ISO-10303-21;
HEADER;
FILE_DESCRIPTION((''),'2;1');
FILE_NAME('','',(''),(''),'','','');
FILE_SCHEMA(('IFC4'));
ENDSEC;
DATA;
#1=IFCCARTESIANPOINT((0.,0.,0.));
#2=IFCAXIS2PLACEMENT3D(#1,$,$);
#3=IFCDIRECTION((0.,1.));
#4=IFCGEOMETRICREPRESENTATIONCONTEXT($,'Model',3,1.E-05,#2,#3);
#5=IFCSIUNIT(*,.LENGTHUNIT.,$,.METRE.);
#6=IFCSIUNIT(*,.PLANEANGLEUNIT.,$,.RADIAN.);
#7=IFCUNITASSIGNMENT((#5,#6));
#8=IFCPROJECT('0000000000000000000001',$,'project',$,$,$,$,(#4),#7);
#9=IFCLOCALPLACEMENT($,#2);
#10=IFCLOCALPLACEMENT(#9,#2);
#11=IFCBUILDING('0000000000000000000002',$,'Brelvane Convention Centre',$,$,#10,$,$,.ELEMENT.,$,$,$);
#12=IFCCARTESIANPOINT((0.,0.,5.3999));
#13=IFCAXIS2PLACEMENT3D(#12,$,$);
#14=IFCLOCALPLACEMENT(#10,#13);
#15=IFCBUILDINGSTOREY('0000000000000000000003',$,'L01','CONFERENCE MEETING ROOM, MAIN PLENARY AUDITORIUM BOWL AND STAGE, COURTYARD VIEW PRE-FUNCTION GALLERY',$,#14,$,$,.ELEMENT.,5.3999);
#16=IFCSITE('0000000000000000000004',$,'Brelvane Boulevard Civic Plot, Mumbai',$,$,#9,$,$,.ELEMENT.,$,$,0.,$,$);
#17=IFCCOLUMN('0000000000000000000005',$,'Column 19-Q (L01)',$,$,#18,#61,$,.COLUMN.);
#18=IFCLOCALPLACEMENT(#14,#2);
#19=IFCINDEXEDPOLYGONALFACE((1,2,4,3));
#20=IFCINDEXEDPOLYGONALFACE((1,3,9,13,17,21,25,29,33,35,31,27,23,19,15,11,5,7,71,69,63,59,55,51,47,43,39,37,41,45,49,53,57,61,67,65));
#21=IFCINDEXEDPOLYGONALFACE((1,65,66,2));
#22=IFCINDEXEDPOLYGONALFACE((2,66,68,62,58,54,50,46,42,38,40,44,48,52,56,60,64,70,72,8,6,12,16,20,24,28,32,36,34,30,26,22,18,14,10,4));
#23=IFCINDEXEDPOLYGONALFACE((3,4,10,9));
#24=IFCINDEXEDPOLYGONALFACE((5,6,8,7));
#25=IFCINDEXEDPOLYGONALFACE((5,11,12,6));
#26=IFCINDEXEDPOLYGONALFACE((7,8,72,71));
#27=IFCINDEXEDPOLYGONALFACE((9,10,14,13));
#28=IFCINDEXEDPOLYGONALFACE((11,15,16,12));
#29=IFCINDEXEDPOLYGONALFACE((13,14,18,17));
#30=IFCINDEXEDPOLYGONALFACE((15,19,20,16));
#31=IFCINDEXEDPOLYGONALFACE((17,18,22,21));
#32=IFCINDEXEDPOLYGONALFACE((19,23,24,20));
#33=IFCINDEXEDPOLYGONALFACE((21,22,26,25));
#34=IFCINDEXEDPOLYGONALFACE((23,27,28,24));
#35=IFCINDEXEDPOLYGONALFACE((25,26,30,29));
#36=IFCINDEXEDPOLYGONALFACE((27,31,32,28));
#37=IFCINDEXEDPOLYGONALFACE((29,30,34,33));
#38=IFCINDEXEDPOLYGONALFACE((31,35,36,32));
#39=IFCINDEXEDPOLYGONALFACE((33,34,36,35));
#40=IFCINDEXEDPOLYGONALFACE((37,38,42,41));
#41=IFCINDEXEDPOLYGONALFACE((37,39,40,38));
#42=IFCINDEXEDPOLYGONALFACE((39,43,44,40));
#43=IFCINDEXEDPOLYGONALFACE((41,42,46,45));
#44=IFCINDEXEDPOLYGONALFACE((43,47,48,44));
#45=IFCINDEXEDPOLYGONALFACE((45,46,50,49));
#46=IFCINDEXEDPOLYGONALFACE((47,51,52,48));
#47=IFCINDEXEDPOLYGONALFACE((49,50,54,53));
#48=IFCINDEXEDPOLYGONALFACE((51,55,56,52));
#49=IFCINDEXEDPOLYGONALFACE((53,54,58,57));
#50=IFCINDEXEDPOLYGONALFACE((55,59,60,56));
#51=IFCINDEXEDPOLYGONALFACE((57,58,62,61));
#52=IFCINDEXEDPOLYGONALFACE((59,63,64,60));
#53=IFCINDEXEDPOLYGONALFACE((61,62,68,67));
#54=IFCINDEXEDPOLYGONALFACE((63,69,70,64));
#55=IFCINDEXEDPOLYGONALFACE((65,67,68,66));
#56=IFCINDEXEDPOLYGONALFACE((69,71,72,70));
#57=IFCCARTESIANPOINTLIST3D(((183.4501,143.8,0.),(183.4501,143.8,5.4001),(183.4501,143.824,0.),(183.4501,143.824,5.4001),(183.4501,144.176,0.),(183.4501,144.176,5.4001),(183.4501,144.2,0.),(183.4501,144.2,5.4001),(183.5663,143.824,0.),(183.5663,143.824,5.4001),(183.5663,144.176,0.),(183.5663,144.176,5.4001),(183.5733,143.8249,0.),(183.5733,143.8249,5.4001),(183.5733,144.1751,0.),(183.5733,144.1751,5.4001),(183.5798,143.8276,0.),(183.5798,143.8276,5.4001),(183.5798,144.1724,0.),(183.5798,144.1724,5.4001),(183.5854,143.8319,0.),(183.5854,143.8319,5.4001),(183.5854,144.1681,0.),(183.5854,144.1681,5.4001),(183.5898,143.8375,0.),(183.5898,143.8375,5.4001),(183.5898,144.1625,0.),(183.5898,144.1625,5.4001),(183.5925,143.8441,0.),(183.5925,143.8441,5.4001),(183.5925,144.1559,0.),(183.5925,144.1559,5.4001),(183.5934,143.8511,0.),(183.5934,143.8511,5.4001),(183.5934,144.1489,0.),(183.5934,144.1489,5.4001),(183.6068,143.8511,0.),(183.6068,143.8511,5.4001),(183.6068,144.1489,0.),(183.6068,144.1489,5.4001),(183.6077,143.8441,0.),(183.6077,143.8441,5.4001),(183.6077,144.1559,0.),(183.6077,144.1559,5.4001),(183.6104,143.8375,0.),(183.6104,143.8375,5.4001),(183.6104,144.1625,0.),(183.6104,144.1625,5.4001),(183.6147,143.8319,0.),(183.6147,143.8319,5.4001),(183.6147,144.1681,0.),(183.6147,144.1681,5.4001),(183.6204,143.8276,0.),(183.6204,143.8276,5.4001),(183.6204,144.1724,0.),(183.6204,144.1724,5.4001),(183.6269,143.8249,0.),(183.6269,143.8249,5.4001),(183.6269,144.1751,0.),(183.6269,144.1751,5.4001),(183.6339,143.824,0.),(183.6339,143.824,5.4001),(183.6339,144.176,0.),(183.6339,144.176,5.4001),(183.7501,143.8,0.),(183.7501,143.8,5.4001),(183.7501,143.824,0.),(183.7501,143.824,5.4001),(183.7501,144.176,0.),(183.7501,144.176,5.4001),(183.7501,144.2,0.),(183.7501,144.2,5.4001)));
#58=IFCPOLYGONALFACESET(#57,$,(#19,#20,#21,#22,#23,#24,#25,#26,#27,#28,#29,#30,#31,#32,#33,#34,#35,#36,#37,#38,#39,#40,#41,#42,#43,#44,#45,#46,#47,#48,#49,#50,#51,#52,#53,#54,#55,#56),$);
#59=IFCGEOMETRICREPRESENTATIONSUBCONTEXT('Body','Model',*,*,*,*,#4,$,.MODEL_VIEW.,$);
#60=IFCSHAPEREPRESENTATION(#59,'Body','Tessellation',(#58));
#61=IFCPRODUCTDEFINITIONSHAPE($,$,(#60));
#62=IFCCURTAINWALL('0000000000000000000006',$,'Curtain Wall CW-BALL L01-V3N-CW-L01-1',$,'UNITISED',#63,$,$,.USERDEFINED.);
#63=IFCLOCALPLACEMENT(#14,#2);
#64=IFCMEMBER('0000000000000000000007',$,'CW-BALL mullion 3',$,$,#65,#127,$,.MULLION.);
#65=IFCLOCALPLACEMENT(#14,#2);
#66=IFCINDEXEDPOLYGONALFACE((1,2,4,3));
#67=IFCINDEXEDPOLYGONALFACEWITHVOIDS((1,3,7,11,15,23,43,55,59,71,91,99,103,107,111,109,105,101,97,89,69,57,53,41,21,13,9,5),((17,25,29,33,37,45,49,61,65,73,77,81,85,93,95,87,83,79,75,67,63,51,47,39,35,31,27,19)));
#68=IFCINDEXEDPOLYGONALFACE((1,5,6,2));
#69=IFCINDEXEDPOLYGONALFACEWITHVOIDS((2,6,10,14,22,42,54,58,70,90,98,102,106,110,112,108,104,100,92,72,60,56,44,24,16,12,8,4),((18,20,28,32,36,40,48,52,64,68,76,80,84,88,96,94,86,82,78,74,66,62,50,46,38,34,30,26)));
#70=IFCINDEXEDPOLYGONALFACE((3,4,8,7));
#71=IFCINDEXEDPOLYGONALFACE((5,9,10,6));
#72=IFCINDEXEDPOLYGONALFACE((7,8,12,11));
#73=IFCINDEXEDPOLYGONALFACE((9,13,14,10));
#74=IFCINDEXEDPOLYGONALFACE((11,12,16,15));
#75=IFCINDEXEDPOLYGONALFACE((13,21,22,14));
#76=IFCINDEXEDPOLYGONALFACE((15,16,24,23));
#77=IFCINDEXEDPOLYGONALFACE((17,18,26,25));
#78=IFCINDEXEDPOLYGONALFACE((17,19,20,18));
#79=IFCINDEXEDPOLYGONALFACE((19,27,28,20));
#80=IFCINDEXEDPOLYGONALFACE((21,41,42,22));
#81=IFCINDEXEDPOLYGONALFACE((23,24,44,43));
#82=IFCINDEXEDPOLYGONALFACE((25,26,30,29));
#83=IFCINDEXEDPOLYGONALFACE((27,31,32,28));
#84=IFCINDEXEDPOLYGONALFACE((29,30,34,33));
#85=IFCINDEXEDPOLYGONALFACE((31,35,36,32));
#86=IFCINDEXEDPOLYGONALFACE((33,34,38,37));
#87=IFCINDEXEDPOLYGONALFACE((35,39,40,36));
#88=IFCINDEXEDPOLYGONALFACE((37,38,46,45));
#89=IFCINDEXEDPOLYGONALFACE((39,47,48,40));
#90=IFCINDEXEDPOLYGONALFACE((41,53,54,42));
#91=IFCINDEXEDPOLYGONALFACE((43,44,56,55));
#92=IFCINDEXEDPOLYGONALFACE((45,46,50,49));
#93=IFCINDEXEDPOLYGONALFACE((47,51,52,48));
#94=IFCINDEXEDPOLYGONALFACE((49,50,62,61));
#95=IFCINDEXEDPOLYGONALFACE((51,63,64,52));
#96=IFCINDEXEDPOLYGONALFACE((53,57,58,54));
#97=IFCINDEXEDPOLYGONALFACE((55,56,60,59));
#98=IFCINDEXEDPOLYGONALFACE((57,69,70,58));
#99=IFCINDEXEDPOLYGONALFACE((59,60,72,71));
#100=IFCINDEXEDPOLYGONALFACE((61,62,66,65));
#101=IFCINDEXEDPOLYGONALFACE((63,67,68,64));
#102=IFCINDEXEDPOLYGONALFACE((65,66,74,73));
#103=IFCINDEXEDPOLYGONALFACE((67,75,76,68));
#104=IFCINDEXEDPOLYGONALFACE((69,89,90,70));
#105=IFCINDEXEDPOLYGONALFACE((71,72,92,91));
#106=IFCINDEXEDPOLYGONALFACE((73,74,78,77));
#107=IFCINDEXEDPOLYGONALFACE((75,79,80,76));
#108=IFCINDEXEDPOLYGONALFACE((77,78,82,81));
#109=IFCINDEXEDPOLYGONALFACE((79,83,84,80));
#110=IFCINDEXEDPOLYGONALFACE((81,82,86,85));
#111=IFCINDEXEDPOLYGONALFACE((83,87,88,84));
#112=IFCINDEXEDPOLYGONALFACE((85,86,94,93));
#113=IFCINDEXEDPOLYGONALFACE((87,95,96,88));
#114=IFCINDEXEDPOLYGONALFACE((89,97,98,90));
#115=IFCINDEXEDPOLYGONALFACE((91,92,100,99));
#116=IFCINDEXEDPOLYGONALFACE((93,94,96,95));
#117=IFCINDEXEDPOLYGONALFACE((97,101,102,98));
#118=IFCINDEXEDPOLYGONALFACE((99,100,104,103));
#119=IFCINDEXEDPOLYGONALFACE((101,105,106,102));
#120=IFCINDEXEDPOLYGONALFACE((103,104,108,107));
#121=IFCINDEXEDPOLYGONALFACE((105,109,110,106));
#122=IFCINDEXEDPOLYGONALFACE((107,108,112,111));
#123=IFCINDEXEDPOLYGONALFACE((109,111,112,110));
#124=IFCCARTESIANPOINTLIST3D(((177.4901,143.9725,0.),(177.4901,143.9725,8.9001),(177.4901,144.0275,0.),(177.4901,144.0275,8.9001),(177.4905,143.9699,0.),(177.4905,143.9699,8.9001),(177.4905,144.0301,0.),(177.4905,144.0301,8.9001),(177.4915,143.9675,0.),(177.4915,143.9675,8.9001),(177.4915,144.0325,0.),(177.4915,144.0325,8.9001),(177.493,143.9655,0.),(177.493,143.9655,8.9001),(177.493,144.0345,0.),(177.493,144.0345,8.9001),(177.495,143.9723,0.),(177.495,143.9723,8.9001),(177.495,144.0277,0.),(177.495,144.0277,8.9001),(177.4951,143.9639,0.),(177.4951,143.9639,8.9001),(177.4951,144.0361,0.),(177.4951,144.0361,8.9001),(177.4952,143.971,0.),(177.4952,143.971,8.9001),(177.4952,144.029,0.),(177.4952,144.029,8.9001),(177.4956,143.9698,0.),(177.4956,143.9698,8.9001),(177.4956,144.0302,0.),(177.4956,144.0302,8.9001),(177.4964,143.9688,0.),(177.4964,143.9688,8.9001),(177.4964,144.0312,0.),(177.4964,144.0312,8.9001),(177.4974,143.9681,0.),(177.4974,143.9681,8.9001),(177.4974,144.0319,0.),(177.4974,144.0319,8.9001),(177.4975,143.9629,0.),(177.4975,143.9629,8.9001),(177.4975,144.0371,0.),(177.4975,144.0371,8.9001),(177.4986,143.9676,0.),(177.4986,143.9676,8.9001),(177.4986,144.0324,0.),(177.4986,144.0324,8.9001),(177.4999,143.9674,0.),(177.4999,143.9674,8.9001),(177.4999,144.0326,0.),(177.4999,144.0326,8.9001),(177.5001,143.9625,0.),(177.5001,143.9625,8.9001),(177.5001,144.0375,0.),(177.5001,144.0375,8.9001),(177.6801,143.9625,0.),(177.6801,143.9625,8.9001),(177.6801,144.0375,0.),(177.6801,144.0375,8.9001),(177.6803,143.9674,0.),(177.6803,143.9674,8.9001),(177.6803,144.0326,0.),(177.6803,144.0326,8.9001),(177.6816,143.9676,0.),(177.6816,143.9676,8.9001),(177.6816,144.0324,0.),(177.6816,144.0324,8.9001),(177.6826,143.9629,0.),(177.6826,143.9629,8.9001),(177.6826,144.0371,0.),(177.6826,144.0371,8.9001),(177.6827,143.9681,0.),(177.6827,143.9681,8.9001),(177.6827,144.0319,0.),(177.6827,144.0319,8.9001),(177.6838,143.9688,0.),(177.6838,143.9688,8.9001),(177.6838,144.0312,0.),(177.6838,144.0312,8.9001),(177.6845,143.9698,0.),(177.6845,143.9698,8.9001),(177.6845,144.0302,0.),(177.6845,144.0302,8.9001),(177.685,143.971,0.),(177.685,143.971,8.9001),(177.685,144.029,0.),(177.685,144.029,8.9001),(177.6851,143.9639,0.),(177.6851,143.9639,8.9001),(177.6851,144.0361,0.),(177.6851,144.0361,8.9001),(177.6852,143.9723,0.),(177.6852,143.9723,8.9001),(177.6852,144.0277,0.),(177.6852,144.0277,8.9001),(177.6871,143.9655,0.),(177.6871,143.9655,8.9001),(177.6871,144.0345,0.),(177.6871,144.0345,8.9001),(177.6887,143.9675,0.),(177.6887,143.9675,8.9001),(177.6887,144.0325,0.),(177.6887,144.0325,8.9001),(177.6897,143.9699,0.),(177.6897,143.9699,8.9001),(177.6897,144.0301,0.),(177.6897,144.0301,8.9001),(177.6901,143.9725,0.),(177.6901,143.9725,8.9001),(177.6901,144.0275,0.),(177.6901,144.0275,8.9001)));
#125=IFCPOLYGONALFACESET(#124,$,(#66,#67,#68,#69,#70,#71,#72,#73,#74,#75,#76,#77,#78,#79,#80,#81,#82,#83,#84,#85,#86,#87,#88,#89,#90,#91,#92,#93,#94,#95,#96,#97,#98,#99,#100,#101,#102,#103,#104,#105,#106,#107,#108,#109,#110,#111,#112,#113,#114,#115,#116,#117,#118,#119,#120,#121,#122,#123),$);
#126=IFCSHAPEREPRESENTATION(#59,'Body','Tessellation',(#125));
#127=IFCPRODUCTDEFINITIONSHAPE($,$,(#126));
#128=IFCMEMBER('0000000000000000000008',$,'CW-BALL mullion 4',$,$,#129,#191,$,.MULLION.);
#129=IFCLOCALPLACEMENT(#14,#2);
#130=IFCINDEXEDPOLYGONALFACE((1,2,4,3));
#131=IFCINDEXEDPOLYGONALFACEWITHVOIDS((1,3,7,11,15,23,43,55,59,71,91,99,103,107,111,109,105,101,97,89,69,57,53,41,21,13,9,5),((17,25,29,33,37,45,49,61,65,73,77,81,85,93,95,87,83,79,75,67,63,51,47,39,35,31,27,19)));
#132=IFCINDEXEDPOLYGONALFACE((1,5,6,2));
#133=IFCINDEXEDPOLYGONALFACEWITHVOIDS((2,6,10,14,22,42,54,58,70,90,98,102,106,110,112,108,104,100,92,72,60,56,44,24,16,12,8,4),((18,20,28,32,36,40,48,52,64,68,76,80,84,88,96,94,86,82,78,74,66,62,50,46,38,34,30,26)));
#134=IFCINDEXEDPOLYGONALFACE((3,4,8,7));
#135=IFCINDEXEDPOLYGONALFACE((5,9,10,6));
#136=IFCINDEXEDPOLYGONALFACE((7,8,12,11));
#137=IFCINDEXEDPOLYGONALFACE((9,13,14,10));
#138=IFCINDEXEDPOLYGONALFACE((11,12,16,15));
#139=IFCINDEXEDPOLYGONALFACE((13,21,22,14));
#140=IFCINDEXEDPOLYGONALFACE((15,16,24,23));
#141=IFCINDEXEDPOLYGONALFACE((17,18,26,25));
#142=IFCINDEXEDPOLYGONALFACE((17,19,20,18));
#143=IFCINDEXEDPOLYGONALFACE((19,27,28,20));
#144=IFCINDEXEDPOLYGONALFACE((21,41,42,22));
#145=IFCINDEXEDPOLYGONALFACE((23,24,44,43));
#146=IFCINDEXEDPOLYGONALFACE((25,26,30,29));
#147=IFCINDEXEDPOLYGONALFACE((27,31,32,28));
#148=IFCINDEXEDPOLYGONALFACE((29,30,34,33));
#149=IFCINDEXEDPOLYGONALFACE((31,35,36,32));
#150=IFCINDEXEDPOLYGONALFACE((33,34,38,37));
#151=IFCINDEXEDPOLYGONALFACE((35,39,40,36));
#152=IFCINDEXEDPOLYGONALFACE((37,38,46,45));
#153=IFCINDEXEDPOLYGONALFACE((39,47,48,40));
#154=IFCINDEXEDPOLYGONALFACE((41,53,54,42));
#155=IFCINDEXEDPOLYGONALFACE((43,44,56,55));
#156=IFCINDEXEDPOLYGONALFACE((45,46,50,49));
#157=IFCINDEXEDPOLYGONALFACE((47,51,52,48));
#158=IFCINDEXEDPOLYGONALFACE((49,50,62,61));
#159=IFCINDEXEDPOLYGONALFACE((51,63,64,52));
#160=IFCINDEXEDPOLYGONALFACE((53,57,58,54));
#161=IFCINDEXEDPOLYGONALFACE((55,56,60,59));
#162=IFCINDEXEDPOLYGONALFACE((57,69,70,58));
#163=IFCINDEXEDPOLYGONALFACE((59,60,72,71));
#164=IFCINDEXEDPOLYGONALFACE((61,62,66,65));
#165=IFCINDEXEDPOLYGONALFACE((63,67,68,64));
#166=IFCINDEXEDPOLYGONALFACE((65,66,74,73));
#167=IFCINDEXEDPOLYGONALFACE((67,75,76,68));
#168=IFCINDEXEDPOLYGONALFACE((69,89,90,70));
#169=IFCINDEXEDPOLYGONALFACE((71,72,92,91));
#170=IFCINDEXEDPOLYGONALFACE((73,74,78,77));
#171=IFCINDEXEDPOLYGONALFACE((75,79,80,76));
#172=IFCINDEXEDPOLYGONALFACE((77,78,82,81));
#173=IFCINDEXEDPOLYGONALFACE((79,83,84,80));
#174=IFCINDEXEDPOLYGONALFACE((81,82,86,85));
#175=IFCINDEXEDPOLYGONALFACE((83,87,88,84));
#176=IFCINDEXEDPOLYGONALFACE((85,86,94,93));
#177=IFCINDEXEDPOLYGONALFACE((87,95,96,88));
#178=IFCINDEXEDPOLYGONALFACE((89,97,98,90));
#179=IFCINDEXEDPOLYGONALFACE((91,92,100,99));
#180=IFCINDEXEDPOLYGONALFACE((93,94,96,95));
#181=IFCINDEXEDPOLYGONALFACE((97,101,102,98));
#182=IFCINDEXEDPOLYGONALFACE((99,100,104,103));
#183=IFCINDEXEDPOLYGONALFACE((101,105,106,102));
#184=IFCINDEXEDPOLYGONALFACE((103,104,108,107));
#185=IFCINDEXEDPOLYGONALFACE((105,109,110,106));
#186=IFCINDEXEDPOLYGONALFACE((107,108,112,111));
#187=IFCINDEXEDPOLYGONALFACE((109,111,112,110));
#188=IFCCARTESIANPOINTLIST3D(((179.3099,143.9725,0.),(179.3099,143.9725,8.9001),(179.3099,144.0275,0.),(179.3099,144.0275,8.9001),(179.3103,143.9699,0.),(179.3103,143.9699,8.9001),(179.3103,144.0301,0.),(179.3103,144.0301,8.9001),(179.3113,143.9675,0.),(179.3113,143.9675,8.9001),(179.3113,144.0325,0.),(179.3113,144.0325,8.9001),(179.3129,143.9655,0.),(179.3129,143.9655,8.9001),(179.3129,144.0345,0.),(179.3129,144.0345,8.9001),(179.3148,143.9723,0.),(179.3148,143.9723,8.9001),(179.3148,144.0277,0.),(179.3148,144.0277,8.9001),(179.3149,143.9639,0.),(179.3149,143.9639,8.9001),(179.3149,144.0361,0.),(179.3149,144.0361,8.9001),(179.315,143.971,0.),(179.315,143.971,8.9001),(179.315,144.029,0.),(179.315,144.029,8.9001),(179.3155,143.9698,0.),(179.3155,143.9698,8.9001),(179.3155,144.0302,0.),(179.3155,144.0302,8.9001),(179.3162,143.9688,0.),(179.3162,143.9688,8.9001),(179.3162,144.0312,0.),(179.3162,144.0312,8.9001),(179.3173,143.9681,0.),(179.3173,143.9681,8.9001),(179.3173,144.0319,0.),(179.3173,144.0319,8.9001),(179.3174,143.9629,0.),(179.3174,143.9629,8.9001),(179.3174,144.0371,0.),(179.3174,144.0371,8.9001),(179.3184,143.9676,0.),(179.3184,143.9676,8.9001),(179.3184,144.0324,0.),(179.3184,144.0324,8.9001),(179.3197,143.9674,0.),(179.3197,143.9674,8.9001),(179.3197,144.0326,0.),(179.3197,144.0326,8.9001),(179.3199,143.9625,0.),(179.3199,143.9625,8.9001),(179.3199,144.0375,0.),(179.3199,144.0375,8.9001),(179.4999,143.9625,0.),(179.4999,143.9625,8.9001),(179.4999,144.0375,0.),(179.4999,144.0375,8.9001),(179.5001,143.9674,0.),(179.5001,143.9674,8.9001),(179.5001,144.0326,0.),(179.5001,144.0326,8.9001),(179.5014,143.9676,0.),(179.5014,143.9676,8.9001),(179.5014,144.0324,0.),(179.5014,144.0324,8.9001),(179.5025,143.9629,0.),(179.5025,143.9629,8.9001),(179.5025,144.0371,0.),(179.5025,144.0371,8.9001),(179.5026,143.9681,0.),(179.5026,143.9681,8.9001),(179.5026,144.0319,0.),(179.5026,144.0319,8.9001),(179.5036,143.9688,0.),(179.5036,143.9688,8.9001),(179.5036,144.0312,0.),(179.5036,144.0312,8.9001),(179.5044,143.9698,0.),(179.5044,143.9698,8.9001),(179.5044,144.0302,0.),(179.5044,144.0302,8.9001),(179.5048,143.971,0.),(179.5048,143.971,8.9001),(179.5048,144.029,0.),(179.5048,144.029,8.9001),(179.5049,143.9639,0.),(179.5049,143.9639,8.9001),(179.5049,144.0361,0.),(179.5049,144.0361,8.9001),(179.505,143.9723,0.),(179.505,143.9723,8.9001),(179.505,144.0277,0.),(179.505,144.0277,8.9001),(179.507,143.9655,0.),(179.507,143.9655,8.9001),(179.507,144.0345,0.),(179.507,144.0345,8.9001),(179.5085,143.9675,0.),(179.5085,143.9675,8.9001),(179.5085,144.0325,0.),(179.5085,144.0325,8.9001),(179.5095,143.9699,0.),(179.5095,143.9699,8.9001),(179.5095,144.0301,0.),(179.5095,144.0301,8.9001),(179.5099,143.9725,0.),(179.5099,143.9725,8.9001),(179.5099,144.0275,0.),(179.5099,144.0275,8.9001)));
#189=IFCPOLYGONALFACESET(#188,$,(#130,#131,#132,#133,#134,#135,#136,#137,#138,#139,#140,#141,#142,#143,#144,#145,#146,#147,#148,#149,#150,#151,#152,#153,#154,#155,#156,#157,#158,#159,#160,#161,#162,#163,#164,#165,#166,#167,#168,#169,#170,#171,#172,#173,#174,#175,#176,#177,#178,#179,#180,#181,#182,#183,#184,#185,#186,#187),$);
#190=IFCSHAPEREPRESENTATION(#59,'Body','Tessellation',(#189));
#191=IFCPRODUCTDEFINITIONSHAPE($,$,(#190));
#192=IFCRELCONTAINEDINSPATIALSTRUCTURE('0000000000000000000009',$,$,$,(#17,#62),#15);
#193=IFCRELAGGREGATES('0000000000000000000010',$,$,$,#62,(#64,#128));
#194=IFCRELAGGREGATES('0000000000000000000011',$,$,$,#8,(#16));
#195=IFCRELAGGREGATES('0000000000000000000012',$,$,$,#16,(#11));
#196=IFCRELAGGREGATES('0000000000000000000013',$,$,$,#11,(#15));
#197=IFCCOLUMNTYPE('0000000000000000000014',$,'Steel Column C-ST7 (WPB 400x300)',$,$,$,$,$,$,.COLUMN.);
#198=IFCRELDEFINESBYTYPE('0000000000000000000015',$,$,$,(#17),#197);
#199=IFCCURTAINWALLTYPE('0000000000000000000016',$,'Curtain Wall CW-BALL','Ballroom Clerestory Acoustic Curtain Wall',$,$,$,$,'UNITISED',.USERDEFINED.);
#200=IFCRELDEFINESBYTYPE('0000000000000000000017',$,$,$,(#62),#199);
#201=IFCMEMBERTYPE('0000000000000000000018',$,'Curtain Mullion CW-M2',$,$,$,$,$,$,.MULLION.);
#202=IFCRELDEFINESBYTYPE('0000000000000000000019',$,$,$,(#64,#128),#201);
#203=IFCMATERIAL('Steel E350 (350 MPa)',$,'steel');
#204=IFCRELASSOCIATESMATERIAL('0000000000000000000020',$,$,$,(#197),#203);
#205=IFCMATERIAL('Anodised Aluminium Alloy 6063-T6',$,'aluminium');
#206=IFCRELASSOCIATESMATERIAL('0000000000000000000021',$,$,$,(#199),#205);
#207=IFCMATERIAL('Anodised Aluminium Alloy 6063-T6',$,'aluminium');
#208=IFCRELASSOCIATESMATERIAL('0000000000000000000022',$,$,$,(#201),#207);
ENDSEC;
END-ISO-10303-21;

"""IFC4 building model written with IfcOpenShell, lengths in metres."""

from ifc_helpers import new_model, si_unit, direction, frame, origin, origin_2d, place, context, subcontext, project, spatial, hollow_rectangle, i_section, extrude, material, material_profile, profile_set, type_object, element, aggregate, save


model = new_model("IFC4")

# Units and contexts
model_context = context("Model", 3, precision=1e-05, world=origin(), true_north=direction((0.0, 1.0)))
body_context = subcontext(model_context, "Body", "Model", "MODEL_VIEW")
ifc_project = project(units=[si_unit("LENGTHUNIT", "METRE"), si_unit("PLANEANGLEUNIT", "RADIAN")], contexts=[model_context])

# Site, building, storey
site_placement = place(None, origin())
site = spatial("IfcSite", under=ifc_project, at=site_placement, Name="Brelvane Boulevard Civic Plot, Mumbai", CompositionType="ELEMENT", RefElevation=0.0)
building_placement = place(site_placement, origin())
building = spatial("IfcBuilding", under=site, at=building_placement, Name="Brelvane Convention Centre", CompositionType="ELEMENT")
storey_placement = place(building_placement, frame((0.0, 0.0, 5.3999)))
storey = spatial("IfcBuildingStorey", under=building, at=storey_placement, Name="L01", Description="CONFERENCE MEETING ROOM, MAIN PLENARY AUDITORIUM BOWL AND STAGE, COURTYARD VIEW PRE-FUNCTION GALLERY", CompositionType="ELEMENT", Elevation=5.3999)

# Column
ifc_material_1 = material(Name="Steel E350 (350 MPa)", Category="steel")
ifc_material_profile_1 = material_profile(ifc_material_1, i_section(OverallWidth=0.3, OverallDepth=0.3999, WebThickness=0.0134, FlangeThickness=0.0239, FilletRadius=0.0271, at=origin_2d()), Name="WPB 400x300")
ifc_profile_set_1 = profile_set([ifc_material_profile_1], Name="Steel E350 (350 MPa)")
column_type = type_object("IfcColumnType", Name="Steel Column C-ST7 (WPB 400x300)", PredefinedType="COLUMN", material=ifc_profile_set_1)
column_placement = place(storey_placement, frame((183.6001, 144.0, 0.0), z_axis=(0.0, 0.0, 1.0), x_axis=(1.0, 0.0, 0.0)))
element("IfcColumn", 1, at=column_placement, inside=storey, type_object=column_type, Name="Column 19-Q (L01)", PredefinedType="COLUMN", context=body_context, shape_type="SweptSolid", body=[
    extrude(i_section(OverallWidth=0.3, OverallDepth=0.3999, WebThickness=0.0134, FlangeThickness=0.0239, FilletRadius=0.0271, at=origin_2d()), origin(), (0.0, 0.0, 1.0), 5.4001),
])

# Curtain wall, members
ifc_material_2 = material(Name="Anodised Aluminium Alloy 6063-T6", Category="aluminium")
curtain_wall_type = type_object("IfcCurtainWallType", Name="Curtain Wall CW-BALL", Description="Ballroom Clerestory Acoustic Curtain Wall", ElementType="UNITISED", PredefinedType="USERDEFINED", material=ifc_material_2)
curtain_wall_placement = place(storey_placement, origin())
curtain_wall = element("IfcCurtainWall", 2, at=curtain_wall_placement, inside=storey, type_object=curtain_wall_type, Name="Curtain Wall CW-BALL L01-V3N-CW-L01-1", ObjectType="UNITISED", PredefinedType="USERDEFINED")
ifc_material_3 = material(Name="Anodised Aluminium Alloy 6063-T6", Category="aluminium")
ifc_material_profile_2 = material_profile(ifc_material_3, hollow_rectangle(XDim=0.075, YDim=0.2, WallThickness=0.0049, InnerFilletRadius=0.0049, OuterFilletRadius=0.01, at=origin_2d()), Name="ALU-M 200x75x5.0")
ifc_profile_set_2 = profile_set([ifc_material_profile_2], Name="Anodised Aluminium Alloy 6063-T6")
member_type_1 = type_object("IfcMemberType", Name="Curtain Mullion CW-M2", PredefinedType="MULLION", material=ifc_profile_set_2)
member_1_placement = place(storey_placement, frame((177.5901, 144.0, 0.0), z_axis=(0.0, 0.0, 1.0), x_axis=(0.0, 1.0, 0.0)))
member_1 = element("IfcMember", 3, at=member_1_placement, type_object=member_type_1, Name="CW-BALL mullion 3", PredefinedType="MULLION", context=body_context, shape_type="SweptSolid", body=[
    extrude(hollow_rectangle(XDim=0.075, YDim=0.2, WallThickness=0.0049, InnerFilletRadius=0.0049, OuterFilletRadius=0.01, at=origin_2d()), origin(), (0.0, 0.0, 1.0), 8.9001),
])
member_2_placement = place(storey_placement, frame((179.4099, 144.0, 0.0), z_axis=(0.0, 0.0, 1.0), x_axis=(0.0, 1.0, 0.0)))
member_2 = element("IfcMember", 4, at=member_2_placement, type_object=member_type_1, Name="CW-BALL mullion 4", PredefinedType="MULLION", context=body_context, shape_type="SweptSolid", body=[
    extrude(hollow_rectangle(XDim=0.075, YDim=0.2, WallThickness=0.0049, InnerFilletRadius=0.0049, OuterFilletRadius=0.01, at=origin_2d()), origin(), (0.0, 0.0, 1.0), 8.9001),
])
aggregate(curtain_wall, [member_1, member_2])

save(model, "model.ifc")
